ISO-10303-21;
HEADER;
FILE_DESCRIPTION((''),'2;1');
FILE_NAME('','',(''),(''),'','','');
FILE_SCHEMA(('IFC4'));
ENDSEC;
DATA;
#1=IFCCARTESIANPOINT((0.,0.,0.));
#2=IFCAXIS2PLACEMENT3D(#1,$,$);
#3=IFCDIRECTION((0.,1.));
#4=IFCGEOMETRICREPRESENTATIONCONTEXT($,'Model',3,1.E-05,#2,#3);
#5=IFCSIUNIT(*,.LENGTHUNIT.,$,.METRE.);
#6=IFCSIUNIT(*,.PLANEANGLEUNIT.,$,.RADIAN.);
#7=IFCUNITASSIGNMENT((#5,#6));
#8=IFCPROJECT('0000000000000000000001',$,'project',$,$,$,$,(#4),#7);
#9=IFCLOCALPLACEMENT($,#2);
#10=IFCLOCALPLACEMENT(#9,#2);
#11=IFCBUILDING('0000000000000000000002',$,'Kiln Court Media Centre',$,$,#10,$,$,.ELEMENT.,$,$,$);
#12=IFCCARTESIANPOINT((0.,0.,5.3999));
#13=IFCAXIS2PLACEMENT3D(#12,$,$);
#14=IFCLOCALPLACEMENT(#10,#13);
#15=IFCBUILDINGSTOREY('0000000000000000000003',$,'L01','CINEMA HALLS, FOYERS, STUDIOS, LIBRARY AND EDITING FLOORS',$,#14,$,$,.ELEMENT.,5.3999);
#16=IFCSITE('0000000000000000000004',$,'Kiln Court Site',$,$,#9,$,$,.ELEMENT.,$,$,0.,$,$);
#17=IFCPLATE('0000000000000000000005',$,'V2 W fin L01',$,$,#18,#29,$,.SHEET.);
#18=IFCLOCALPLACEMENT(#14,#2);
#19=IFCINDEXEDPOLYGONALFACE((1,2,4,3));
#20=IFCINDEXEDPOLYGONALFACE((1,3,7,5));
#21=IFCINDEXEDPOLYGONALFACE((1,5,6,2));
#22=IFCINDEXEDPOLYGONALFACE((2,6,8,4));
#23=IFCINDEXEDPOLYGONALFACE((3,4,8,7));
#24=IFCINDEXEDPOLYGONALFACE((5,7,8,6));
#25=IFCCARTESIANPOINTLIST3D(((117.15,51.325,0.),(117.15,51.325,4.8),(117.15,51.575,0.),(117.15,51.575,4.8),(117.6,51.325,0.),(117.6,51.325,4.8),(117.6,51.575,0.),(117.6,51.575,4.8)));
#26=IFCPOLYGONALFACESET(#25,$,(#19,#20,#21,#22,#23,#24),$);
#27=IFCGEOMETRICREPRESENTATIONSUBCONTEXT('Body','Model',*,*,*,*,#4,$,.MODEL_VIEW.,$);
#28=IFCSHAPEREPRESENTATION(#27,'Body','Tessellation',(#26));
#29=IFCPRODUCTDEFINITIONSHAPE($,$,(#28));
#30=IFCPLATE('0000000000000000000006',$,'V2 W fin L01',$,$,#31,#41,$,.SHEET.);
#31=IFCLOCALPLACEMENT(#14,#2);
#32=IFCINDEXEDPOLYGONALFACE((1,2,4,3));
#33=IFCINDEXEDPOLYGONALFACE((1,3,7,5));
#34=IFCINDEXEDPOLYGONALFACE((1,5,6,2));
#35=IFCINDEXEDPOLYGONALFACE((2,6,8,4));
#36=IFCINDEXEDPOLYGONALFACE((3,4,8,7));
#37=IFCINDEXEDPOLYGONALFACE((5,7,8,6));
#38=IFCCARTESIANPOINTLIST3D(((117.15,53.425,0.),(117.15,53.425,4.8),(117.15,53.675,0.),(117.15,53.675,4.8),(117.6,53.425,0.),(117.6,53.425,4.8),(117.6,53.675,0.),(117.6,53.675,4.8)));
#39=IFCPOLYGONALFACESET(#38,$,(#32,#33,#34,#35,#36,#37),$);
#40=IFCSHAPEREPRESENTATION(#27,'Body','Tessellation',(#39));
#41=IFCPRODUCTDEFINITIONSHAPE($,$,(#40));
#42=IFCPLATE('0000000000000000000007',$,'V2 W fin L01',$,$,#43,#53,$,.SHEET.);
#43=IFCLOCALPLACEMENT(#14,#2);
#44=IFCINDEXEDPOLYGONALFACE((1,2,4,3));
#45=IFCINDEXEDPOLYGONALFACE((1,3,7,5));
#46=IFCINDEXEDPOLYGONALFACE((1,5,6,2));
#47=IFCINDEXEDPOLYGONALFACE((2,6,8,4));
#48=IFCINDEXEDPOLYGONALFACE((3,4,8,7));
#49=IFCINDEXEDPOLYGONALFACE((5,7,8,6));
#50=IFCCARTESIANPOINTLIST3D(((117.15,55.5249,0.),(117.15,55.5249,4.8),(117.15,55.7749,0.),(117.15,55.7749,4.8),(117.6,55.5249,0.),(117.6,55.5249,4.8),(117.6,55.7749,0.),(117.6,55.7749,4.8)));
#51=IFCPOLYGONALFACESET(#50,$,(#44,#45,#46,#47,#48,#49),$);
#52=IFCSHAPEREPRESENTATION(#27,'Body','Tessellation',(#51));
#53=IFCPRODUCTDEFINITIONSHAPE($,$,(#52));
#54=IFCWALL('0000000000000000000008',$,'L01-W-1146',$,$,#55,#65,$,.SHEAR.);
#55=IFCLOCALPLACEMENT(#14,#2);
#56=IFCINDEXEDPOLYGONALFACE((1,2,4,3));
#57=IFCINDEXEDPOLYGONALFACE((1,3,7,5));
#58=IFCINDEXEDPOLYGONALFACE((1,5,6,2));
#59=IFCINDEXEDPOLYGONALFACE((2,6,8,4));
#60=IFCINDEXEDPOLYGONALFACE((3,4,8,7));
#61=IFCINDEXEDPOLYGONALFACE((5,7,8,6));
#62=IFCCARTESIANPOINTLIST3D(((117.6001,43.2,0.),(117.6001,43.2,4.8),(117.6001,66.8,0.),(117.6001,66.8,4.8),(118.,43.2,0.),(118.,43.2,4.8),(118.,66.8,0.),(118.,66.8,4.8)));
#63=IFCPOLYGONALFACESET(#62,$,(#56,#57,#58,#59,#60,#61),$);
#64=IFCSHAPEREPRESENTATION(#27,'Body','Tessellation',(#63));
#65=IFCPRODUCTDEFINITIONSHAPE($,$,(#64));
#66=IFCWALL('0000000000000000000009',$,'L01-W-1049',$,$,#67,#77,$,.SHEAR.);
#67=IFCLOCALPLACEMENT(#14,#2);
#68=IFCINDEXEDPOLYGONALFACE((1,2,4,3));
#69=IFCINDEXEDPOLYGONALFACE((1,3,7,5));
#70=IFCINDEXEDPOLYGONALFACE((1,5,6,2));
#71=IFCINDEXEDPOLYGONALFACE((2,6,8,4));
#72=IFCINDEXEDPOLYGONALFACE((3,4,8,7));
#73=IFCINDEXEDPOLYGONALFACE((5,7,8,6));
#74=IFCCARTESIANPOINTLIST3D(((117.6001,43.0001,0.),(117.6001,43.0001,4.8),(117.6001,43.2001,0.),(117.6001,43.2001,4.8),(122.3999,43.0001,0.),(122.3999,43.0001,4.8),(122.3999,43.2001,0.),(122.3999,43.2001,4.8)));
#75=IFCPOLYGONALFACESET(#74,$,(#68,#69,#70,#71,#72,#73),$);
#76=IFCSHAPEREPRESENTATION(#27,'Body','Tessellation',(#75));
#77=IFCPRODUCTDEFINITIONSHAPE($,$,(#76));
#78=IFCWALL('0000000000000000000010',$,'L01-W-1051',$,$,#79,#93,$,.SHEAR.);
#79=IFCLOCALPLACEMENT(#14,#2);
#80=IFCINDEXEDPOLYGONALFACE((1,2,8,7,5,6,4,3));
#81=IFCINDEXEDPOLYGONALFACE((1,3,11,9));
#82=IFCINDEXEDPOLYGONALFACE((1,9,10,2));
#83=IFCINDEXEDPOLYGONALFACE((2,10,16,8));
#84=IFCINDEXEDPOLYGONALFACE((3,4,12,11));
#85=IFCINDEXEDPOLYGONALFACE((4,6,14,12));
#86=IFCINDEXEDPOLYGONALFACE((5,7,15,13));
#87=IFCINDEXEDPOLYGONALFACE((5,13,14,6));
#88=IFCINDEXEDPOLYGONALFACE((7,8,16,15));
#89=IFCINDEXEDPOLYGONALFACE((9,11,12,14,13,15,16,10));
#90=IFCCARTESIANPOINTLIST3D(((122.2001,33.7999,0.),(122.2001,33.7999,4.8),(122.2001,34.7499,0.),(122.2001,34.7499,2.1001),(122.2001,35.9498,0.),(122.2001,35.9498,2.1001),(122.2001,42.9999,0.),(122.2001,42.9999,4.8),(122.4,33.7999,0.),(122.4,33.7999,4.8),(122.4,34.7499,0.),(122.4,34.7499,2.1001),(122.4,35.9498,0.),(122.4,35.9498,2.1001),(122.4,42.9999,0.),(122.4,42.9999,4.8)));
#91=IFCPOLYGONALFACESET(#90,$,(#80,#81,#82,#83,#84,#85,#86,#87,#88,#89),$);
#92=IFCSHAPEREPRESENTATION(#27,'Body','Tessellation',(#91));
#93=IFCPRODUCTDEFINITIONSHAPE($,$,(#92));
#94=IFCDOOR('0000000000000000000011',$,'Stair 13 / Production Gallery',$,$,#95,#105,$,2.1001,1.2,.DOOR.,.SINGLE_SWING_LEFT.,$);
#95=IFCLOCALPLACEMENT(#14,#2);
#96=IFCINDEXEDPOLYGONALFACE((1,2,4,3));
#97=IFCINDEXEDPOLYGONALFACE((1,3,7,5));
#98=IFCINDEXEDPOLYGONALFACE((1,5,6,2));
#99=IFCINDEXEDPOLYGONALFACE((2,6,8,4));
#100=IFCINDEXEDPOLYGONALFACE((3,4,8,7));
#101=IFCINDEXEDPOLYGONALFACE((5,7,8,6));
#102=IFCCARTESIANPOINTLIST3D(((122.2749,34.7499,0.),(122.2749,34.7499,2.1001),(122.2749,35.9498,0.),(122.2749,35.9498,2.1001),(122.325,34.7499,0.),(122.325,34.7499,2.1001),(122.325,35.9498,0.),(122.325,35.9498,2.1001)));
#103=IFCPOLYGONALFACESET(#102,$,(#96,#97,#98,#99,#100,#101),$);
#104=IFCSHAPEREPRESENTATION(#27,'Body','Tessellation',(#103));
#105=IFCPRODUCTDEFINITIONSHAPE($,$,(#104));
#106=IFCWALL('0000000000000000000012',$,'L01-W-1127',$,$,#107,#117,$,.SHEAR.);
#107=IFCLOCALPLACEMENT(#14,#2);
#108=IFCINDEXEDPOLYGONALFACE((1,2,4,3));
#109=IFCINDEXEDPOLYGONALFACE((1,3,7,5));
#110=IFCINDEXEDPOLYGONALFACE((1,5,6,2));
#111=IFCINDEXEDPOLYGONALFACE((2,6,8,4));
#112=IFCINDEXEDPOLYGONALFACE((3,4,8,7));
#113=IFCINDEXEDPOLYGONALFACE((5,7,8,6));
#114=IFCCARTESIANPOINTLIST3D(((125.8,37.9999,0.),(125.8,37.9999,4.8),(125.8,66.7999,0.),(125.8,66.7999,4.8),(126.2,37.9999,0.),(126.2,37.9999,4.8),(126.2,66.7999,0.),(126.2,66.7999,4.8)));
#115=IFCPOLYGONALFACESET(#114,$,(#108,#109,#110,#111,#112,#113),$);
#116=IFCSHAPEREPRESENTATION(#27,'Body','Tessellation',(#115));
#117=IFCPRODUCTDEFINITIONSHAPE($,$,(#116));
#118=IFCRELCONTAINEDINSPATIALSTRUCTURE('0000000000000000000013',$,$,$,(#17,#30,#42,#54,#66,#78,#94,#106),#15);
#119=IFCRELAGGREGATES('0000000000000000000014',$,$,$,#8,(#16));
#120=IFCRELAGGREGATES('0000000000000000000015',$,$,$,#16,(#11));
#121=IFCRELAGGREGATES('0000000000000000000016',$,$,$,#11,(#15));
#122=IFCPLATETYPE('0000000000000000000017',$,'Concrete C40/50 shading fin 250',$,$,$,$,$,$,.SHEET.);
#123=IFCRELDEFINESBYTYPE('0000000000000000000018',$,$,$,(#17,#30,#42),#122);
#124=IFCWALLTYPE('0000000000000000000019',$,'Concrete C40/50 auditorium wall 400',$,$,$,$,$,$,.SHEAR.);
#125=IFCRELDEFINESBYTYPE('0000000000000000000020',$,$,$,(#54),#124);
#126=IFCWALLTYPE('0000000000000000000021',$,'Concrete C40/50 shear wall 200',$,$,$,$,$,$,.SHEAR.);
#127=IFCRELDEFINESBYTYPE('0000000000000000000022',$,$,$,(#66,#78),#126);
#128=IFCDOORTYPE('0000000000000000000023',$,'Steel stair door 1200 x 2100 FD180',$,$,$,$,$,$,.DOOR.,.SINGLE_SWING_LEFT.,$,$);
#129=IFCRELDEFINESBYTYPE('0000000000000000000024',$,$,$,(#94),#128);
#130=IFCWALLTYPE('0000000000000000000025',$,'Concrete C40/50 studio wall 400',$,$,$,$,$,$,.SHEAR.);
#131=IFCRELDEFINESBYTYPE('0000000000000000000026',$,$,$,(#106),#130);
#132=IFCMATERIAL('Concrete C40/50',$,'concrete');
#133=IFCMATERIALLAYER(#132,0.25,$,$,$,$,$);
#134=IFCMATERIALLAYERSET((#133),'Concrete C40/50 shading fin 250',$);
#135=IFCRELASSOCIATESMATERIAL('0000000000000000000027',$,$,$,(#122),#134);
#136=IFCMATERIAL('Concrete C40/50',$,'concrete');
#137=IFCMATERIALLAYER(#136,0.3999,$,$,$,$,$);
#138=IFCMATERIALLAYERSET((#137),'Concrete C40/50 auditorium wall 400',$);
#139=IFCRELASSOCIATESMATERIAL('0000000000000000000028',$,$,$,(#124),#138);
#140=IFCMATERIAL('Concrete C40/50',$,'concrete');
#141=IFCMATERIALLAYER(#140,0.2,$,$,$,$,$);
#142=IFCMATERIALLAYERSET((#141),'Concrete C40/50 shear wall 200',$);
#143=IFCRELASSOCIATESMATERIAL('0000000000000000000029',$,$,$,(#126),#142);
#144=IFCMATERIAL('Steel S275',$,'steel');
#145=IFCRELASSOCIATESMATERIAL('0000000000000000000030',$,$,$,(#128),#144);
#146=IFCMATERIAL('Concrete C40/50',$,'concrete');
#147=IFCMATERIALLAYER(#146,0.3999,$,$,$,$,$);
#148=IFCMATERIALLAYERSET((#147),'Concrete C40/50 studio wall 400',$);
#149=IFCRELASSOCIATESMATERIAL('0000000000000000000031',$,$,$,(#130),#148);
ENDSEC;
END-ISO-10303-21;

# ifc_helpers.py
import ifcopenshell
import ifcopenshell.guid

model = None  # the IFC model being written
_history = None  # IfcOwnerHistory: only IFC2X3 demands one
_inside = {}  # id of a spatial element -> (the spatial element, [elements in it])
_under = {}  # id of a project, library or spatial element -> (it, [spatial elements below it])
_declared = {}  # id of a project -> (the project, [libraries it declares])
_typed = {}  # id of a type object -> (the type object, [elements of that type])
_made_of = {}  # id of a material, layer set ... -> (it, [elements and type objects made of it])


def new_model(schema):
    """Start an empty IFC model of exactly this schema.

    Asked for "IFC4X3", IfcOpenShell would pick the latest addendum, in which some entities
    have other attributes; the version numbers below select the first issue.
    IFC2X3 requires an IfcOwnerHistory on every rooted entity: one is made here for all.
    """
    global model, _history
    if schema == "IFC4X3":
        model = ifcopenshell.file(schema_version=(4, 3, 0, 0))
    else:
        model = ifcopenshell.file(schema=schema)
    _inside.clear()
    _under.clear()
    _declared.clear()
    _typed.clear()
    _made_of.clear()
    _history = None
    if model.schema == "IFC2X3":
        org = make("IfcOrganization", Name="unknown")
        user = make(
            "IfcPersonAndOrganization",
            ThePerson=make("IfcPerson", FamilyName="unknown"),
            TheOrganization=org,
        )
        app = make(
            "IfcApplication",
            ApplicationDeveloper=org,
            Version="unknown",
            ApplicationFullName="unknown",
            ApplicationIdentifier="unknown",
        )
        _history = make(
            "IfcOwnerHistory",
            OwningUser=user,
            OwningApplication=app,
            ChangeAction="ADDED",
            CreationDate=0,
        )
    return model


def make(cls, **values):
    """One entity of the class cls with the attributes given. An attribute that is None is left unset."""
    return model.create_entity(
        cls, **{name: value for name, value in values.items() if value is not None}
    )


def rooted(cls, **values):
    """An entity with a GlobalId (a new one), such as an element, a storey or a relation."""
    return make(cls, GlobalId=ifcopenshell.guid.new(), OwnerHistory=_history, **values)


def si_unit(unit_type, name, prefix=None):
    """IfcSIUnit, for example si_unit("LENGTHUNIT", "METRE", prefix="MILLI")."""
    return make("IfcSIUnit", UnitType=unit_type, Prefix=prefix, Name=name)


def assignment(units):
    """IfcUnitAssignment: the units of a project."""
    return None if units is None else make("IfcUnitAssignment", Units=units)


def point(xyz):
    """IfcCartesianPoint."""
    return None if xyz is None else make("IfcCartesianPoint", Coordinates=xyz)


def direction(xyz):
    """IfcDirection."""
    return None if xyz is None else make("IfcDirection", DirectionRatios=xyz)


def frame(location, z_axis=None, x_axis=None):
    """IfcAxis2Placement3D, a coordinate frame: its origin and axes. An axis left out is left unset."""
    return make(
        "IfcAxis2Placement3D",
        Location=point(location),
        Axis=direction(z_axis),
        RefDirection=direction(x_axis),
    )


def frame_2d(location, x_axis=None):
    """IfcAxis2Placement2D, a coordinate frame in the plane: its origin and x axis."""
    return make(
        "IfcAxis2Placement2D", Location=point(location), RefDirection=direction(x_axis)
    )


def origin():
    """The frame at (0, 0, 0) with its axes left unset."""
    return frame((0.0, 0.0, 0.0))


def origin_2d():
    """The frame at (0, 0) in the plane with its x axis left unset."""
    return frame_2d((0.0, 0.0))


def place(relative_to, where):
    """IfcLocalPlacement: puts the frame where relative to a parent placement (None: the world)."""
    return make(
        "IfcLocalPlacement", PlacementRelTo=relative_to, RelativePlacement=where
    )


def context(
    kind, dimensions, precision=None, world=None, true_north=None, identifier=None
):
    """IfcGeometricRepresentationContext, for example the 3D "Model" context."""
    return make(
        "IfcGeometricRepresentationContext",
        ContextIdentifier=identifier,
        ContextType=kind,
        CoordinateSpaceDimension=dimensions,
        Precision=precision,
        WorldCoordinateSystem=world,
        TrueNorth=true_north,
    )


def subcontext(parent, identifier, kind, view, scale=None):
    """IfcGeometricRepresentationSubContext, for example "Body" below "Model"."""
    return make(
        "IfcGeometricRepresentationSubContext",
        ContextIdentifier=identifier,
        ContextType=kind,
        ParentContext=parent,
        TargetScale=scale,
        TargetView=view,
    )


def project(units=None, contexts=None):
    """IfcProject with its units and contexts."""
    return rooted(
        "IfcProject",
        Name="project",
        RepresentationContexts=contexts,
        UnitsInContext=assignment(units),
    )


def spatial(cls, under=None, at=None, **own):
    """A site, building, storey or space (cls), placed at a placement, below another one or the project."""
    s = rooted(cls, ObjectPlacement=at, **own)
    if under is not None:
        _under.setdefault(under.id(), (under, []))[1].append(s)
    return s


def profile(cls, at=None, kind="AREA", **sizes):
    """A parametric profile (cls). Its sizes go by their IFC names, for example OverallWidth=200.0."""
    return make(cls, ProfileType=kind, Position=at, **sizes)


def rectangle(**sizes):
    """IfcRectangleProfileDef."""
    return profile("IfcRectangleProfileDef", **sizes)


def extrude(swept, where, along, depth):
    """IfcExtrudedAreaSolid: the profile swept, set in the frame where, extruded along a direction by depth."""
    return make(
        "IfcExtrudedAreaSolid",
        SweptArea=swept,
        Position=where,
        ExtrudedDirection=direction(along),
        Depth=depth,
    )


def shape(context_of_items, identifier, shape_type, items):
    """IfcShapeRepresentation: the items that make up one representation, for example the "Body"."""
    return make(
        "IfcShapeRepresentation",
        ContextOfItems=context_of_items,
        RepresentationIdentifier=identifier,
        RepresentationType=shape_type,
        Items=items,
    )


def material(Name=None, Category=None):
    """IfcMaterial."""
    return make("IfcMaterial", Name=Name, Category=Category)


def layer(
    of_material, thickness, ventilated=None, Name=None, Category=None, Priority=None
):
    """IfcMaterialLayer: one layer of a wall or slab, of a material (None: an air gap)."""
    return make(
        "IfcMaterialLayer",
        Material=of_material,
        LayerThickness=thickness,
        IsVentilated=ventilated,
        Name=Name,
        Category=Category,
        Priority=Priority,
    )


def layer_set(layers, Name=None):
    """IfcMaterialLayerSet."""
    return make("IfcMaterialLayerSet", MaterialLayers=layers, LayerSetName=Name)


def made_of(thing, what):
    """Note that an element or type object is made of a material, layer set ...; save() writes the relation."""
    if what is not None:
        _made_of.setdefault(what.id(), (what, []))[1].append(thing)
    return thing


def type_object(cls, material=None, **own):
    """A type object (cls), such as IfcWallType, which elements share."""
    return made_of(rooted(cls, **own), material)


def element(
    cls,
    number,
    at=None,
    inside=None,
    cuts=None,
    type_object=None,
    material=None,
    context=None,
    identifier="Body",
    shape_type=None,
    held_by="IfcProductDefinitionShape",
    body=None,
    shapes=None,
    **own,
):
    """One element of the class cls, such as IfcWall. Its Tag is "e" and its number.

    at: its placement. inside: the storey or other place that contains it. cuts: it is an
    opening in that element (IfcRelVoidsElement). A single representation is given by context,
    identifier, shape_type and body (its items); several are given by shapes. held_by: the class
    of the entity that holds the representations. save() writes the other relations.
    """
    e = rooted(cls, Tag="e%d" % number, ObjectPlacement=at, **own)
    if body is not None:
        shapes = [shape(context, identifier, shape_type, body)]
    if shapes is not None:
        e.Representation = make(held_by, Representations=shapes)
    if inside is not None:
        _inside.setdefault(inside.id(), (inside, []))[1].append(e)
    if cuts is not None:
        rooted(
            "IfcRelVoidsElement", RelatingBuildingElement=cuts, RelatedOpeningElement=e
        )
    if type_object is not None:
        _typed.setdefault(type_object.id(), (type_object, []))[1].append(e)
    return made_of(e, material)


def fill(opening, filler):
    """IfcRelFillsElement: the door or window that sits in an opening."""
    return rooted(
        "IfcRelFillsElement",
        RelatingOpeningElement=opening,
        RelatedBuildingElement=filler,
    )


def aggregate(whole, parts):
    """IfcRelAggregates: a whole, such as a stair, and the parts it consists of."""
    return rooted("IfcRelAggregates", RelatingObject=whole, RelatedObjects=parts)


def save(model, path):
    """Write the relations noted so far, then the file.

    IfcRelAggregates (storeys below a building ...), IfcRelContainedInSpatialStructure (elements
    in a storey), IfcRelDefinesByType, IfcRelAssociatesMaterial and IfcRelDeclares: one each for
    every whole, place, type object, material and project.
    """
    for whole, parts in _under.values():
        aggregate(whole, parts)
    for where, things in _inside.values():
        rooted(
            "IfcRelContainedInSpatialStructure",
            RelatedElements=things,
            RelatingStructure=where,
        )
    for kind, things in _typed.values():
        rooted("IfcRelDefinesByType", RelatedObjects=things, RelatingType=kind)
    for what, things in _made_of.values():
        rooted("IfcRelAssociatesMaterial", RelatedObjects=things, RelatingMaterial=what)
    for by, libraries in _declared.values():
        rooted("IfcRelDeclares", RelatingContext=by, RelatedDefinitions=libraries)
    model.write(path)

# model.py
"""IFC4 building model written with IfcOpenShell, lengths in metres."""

from ifc_helpers import new_model, si_unit, direction, frame, frame_2d, origin, origin_2d, place, context, subcontext, project, spatial, rectangle, extrude, material, layer, layer_set, type_object, element, fill, save


model = new_model("IFC4")

# Units and contexts
model_context = context("Model", 3, precision=1e-05, world=origin(), true_north=direction((0.0, 1.0)))
body_context = subcontext(model_context, "Body", "Model", "MODEL_VIEW")
ifc_project = project(units=[si_unit("LENGTHUNIT", "METRE"), si_unit("PLANEANGLEUNIT", "RADIAN")], contexts=[model_context])

# Site, building, storey
site_placement = place(None, origin())
site = spatial("IfcSite", under=ifc_project, at=site_placement, Name="Kiln Court Site", CompositionType="ELEMENT", RefElevation=0.0)
building_placement = place(site_placement, origin())
building = spatial("IfcBuilding", under=site, at=building_placement, Name="Kiln Court Media Centre", CompositionType="ELEMENT")
storey_placement = place(building_placement, frame((0.0, 0.0, 5.3999)))
storey = spatial("IfcBuildingStorey", under=building, at=storey_placement, Name="L01", Description="CINEMA HALLS, FOYERS, STUDIOS, LIBRARY AND EDITING FLOORS", CompositionType="ELEMENT", Elevation=5.3999)

# Plates
ifc_material_1 = material(Name="Concrete C40/50", Category="concrete")
ifc_layer_1 = layer(ifc_material_1, 0.25)
ifc_layer_set_1 = layer_set([ifc_layer_1], Name="Concrete C40/50 shading fin 250")
plate_type = type_object("IfcPlateType", Name="Concrete C40/50 shading fin 250", PredefinedType="SHEET", material=ifc_layer_set_1)
for number, where, z_axis, x_axis, name in (
    (1, (117.375, 51.45, 0.0), (0.0, 0.0, 1.0), (1.0, 0.0, 0.0), "V2 W fin L01"),
    (2, (117.375, 53.55, 0.0), (0.0, 0.0, 1.0), (1.0, 0.0, 0.0), "V2 W fin L01"),
    (3, (117.375, 55.6499, 0.0), (0.0, 0.0, 1.0), (1.0, 0.0, 0.0), "V2 W fin L01"),
):
    element("IfcPlate", number, at=place(storey_placement, frame(where, z_axis=z_axis, x_axis=x_axis)), inside=storey, type_object=plate_type, Name=name, PredefinedType="SHEET", context=body_context, shape_type="SweptSolid", body=[
        extrude(rectangle(XDim=0.45, YDim=0.25, at=origin_2d()), origin(), (0.0, 0.0, 1.0), 4.8),
    ])

# Walls
ifc_material_2 = material(Name="Concrete C40/50", Category="concrete")
ifc_layer_2 = layer(ifc_material_2, 0.3999)
ifc_layer_set_2 = layer_set([ifc_layer_2], Name="Concrete C40/50 auditorium wall 400")
wall_type_1 = type_object("IfcWallType", Name="Concrete C40/50 auditorium wall 400", PredefinedType="SHEAR", material=ifc_layer_set_2)
wall_1_placement = place(storey_placement, frame((117.8, 43.2, 0.0), z_axis=(0.0, 0.0, 1.0), x_axis=(0.0, 1.0, 0.0)))
element("IfcWall", 4, at=wall_1_placement, inside=storey, type_object=wall_type_1, Name="L01-W-1146", PredefinedType="SHEAR", context=body_context, shape_type="SweptSolid", body=[
    extrude(rectangle(XDim=23.6001, YDim=0.3999, at=frame_2d((11.8, 0.0))), origin(), (0.0, 0.0, 1.0), 4.8),
])
ifc_material_3 = material(Name="Concrete C40/50", Category="concrete")
ifc_layer_3 = layer(ifc_material_3, 0.2)
ifc_layer_set_3 = layer_set([ifc_layer_3], Name="Concrete C40/50 shear wall 200")
wall_type_2 = type_object("IfcWallType", Name="Concrete C40/50 shear wall 200", PredefinedType="SHEAR", material=ifc_layer_set_3)
wall_2_placement = place(storey_placement, frame((117.6001, 43.1001, 0.0), z_axis=(0.0, 0.0, 1.0), x_axis=(1.0, 0.0, 0.0)))
element("IfcWall", 5, at=wall_2_placement, inside=storey, type_object=wall_type_2, Name="L01-W-1049", PredefinedType="SHEAR", context=body_context, shape_type="SweptSolid", body=[
    extrude(rectangle(XDim=4.7998, YDim=0.2, at=frame_2d((2.3999, 0.0))), origin(), (0.0, 0.0, 1.0), 4.8),
])

# Wall, opening, door
wall_3_placement = place(storey_placement, frame((122.3, 43.0, 0.0), z_axis=(0.0, 0.0, 1.0), x_axis=(0.0, -1.0, 0.0)))
wall_3 = element("IfcWall", 6, at=wall_3_placement, inside=storey, type_object=wall_type_2, Name="L01-W-1051", PredefinedType="SHEAR", context=body_context, shape_type="SweptSolid", body=[
    extrude(rectangle(XDim=9.2, YDim=0.2, at=frame_2d((4.6001, 0.0))), origin(), (0.0, 0.0, 1.0), 4.8),
])
opening_placement = place(wall_3_placement, frame((7.05, 0.0, 0.0)))
opening = element("IfcOpeningElement", 7, at=opening_placement, cuts=wall_3, PredefinedType="OPENING", context=body_context, shape_type="SweptSolid", body=[
    extrude(rectangle(XDim=1.2, YDim=2.1001, at=frame_2d((0.6001, 1.05))), frame((0.0, 0.1099, 0.0), z_axis=(0.0, -1.0, 0.0), x_axis=(1.0, 0.0, 0.0)), (0.0, 0.0, 1.0), 0.22),
])
ifc_material_4 = material(Name="Steel S275", Category="steel")
door_type = type_object("IfcDoorType", Name="Steel stair door 1200 x 2100 FD180", OperationType="SINGLE_SWING_LEFT", PredefinedType="DOOR", material=ifc_material_4)
door_placement = place(opening_placement, origin())
door = element("IfcDoor", 8, at=door_placement, inside=storey, type_object=door_type, Name="Stair 13 / Production Gallery", OperationType="SINGLE_SWING_LEFT", OverallHeight=2.1001, OverallWidth=1.2, PredefinedType="DOOR", context=body_context, shape_type="SweptSolid", body=[
    extrude(rectangle(XDim=1.2, YDim=2.1001, at=frame_2d((0.6001, 1.05))), frame((0.0, 0.0249, 0.0), z_axis=(0.0, -1.0, 0.0), x_axis=(1.0, 0.0, 0.0)), (0.0, 0.0, 1.0), 0.05),
])
fill(opening, door)

# Wall
ifc_material_5 = material(Name="Concrete C40/50", Category="concrete")
ifc_layer_4 = layer(ifc_material_5, 0.3999)
ifc_layer_set_4 = layer_set([ifc_layer_4], Name="Concrete C40/50 studio wall 400")
wall_type_3 = type_object("IfcWallType", Name="Concrete C40/50 studio wall 400", PredefinedType="SHEAR", material=ifc_layer_set_4)
wall_4_placement = place(storey_placement, frame((126.0, 38.0, 0.0), z_axis=(0.0, 0.0, 1.0), x_axis=(0.0, 1.0, 0.0)))
element("IfcWall", 9, at=wall_4_placement, inside=storey, type_object=wall_type_3, Name="L01-W-1127", PredefinedType="SHEAR", context=body_context, shape_type="SweptSolid", body=[
    extrude(rectangle(XDim=28.8, YDim=0.3999, at=frame_2d((14.3999, 0.0))), origin(), (0.0, 0.0, 1.0), 4.8),
])

save(model, "model.ifc")
